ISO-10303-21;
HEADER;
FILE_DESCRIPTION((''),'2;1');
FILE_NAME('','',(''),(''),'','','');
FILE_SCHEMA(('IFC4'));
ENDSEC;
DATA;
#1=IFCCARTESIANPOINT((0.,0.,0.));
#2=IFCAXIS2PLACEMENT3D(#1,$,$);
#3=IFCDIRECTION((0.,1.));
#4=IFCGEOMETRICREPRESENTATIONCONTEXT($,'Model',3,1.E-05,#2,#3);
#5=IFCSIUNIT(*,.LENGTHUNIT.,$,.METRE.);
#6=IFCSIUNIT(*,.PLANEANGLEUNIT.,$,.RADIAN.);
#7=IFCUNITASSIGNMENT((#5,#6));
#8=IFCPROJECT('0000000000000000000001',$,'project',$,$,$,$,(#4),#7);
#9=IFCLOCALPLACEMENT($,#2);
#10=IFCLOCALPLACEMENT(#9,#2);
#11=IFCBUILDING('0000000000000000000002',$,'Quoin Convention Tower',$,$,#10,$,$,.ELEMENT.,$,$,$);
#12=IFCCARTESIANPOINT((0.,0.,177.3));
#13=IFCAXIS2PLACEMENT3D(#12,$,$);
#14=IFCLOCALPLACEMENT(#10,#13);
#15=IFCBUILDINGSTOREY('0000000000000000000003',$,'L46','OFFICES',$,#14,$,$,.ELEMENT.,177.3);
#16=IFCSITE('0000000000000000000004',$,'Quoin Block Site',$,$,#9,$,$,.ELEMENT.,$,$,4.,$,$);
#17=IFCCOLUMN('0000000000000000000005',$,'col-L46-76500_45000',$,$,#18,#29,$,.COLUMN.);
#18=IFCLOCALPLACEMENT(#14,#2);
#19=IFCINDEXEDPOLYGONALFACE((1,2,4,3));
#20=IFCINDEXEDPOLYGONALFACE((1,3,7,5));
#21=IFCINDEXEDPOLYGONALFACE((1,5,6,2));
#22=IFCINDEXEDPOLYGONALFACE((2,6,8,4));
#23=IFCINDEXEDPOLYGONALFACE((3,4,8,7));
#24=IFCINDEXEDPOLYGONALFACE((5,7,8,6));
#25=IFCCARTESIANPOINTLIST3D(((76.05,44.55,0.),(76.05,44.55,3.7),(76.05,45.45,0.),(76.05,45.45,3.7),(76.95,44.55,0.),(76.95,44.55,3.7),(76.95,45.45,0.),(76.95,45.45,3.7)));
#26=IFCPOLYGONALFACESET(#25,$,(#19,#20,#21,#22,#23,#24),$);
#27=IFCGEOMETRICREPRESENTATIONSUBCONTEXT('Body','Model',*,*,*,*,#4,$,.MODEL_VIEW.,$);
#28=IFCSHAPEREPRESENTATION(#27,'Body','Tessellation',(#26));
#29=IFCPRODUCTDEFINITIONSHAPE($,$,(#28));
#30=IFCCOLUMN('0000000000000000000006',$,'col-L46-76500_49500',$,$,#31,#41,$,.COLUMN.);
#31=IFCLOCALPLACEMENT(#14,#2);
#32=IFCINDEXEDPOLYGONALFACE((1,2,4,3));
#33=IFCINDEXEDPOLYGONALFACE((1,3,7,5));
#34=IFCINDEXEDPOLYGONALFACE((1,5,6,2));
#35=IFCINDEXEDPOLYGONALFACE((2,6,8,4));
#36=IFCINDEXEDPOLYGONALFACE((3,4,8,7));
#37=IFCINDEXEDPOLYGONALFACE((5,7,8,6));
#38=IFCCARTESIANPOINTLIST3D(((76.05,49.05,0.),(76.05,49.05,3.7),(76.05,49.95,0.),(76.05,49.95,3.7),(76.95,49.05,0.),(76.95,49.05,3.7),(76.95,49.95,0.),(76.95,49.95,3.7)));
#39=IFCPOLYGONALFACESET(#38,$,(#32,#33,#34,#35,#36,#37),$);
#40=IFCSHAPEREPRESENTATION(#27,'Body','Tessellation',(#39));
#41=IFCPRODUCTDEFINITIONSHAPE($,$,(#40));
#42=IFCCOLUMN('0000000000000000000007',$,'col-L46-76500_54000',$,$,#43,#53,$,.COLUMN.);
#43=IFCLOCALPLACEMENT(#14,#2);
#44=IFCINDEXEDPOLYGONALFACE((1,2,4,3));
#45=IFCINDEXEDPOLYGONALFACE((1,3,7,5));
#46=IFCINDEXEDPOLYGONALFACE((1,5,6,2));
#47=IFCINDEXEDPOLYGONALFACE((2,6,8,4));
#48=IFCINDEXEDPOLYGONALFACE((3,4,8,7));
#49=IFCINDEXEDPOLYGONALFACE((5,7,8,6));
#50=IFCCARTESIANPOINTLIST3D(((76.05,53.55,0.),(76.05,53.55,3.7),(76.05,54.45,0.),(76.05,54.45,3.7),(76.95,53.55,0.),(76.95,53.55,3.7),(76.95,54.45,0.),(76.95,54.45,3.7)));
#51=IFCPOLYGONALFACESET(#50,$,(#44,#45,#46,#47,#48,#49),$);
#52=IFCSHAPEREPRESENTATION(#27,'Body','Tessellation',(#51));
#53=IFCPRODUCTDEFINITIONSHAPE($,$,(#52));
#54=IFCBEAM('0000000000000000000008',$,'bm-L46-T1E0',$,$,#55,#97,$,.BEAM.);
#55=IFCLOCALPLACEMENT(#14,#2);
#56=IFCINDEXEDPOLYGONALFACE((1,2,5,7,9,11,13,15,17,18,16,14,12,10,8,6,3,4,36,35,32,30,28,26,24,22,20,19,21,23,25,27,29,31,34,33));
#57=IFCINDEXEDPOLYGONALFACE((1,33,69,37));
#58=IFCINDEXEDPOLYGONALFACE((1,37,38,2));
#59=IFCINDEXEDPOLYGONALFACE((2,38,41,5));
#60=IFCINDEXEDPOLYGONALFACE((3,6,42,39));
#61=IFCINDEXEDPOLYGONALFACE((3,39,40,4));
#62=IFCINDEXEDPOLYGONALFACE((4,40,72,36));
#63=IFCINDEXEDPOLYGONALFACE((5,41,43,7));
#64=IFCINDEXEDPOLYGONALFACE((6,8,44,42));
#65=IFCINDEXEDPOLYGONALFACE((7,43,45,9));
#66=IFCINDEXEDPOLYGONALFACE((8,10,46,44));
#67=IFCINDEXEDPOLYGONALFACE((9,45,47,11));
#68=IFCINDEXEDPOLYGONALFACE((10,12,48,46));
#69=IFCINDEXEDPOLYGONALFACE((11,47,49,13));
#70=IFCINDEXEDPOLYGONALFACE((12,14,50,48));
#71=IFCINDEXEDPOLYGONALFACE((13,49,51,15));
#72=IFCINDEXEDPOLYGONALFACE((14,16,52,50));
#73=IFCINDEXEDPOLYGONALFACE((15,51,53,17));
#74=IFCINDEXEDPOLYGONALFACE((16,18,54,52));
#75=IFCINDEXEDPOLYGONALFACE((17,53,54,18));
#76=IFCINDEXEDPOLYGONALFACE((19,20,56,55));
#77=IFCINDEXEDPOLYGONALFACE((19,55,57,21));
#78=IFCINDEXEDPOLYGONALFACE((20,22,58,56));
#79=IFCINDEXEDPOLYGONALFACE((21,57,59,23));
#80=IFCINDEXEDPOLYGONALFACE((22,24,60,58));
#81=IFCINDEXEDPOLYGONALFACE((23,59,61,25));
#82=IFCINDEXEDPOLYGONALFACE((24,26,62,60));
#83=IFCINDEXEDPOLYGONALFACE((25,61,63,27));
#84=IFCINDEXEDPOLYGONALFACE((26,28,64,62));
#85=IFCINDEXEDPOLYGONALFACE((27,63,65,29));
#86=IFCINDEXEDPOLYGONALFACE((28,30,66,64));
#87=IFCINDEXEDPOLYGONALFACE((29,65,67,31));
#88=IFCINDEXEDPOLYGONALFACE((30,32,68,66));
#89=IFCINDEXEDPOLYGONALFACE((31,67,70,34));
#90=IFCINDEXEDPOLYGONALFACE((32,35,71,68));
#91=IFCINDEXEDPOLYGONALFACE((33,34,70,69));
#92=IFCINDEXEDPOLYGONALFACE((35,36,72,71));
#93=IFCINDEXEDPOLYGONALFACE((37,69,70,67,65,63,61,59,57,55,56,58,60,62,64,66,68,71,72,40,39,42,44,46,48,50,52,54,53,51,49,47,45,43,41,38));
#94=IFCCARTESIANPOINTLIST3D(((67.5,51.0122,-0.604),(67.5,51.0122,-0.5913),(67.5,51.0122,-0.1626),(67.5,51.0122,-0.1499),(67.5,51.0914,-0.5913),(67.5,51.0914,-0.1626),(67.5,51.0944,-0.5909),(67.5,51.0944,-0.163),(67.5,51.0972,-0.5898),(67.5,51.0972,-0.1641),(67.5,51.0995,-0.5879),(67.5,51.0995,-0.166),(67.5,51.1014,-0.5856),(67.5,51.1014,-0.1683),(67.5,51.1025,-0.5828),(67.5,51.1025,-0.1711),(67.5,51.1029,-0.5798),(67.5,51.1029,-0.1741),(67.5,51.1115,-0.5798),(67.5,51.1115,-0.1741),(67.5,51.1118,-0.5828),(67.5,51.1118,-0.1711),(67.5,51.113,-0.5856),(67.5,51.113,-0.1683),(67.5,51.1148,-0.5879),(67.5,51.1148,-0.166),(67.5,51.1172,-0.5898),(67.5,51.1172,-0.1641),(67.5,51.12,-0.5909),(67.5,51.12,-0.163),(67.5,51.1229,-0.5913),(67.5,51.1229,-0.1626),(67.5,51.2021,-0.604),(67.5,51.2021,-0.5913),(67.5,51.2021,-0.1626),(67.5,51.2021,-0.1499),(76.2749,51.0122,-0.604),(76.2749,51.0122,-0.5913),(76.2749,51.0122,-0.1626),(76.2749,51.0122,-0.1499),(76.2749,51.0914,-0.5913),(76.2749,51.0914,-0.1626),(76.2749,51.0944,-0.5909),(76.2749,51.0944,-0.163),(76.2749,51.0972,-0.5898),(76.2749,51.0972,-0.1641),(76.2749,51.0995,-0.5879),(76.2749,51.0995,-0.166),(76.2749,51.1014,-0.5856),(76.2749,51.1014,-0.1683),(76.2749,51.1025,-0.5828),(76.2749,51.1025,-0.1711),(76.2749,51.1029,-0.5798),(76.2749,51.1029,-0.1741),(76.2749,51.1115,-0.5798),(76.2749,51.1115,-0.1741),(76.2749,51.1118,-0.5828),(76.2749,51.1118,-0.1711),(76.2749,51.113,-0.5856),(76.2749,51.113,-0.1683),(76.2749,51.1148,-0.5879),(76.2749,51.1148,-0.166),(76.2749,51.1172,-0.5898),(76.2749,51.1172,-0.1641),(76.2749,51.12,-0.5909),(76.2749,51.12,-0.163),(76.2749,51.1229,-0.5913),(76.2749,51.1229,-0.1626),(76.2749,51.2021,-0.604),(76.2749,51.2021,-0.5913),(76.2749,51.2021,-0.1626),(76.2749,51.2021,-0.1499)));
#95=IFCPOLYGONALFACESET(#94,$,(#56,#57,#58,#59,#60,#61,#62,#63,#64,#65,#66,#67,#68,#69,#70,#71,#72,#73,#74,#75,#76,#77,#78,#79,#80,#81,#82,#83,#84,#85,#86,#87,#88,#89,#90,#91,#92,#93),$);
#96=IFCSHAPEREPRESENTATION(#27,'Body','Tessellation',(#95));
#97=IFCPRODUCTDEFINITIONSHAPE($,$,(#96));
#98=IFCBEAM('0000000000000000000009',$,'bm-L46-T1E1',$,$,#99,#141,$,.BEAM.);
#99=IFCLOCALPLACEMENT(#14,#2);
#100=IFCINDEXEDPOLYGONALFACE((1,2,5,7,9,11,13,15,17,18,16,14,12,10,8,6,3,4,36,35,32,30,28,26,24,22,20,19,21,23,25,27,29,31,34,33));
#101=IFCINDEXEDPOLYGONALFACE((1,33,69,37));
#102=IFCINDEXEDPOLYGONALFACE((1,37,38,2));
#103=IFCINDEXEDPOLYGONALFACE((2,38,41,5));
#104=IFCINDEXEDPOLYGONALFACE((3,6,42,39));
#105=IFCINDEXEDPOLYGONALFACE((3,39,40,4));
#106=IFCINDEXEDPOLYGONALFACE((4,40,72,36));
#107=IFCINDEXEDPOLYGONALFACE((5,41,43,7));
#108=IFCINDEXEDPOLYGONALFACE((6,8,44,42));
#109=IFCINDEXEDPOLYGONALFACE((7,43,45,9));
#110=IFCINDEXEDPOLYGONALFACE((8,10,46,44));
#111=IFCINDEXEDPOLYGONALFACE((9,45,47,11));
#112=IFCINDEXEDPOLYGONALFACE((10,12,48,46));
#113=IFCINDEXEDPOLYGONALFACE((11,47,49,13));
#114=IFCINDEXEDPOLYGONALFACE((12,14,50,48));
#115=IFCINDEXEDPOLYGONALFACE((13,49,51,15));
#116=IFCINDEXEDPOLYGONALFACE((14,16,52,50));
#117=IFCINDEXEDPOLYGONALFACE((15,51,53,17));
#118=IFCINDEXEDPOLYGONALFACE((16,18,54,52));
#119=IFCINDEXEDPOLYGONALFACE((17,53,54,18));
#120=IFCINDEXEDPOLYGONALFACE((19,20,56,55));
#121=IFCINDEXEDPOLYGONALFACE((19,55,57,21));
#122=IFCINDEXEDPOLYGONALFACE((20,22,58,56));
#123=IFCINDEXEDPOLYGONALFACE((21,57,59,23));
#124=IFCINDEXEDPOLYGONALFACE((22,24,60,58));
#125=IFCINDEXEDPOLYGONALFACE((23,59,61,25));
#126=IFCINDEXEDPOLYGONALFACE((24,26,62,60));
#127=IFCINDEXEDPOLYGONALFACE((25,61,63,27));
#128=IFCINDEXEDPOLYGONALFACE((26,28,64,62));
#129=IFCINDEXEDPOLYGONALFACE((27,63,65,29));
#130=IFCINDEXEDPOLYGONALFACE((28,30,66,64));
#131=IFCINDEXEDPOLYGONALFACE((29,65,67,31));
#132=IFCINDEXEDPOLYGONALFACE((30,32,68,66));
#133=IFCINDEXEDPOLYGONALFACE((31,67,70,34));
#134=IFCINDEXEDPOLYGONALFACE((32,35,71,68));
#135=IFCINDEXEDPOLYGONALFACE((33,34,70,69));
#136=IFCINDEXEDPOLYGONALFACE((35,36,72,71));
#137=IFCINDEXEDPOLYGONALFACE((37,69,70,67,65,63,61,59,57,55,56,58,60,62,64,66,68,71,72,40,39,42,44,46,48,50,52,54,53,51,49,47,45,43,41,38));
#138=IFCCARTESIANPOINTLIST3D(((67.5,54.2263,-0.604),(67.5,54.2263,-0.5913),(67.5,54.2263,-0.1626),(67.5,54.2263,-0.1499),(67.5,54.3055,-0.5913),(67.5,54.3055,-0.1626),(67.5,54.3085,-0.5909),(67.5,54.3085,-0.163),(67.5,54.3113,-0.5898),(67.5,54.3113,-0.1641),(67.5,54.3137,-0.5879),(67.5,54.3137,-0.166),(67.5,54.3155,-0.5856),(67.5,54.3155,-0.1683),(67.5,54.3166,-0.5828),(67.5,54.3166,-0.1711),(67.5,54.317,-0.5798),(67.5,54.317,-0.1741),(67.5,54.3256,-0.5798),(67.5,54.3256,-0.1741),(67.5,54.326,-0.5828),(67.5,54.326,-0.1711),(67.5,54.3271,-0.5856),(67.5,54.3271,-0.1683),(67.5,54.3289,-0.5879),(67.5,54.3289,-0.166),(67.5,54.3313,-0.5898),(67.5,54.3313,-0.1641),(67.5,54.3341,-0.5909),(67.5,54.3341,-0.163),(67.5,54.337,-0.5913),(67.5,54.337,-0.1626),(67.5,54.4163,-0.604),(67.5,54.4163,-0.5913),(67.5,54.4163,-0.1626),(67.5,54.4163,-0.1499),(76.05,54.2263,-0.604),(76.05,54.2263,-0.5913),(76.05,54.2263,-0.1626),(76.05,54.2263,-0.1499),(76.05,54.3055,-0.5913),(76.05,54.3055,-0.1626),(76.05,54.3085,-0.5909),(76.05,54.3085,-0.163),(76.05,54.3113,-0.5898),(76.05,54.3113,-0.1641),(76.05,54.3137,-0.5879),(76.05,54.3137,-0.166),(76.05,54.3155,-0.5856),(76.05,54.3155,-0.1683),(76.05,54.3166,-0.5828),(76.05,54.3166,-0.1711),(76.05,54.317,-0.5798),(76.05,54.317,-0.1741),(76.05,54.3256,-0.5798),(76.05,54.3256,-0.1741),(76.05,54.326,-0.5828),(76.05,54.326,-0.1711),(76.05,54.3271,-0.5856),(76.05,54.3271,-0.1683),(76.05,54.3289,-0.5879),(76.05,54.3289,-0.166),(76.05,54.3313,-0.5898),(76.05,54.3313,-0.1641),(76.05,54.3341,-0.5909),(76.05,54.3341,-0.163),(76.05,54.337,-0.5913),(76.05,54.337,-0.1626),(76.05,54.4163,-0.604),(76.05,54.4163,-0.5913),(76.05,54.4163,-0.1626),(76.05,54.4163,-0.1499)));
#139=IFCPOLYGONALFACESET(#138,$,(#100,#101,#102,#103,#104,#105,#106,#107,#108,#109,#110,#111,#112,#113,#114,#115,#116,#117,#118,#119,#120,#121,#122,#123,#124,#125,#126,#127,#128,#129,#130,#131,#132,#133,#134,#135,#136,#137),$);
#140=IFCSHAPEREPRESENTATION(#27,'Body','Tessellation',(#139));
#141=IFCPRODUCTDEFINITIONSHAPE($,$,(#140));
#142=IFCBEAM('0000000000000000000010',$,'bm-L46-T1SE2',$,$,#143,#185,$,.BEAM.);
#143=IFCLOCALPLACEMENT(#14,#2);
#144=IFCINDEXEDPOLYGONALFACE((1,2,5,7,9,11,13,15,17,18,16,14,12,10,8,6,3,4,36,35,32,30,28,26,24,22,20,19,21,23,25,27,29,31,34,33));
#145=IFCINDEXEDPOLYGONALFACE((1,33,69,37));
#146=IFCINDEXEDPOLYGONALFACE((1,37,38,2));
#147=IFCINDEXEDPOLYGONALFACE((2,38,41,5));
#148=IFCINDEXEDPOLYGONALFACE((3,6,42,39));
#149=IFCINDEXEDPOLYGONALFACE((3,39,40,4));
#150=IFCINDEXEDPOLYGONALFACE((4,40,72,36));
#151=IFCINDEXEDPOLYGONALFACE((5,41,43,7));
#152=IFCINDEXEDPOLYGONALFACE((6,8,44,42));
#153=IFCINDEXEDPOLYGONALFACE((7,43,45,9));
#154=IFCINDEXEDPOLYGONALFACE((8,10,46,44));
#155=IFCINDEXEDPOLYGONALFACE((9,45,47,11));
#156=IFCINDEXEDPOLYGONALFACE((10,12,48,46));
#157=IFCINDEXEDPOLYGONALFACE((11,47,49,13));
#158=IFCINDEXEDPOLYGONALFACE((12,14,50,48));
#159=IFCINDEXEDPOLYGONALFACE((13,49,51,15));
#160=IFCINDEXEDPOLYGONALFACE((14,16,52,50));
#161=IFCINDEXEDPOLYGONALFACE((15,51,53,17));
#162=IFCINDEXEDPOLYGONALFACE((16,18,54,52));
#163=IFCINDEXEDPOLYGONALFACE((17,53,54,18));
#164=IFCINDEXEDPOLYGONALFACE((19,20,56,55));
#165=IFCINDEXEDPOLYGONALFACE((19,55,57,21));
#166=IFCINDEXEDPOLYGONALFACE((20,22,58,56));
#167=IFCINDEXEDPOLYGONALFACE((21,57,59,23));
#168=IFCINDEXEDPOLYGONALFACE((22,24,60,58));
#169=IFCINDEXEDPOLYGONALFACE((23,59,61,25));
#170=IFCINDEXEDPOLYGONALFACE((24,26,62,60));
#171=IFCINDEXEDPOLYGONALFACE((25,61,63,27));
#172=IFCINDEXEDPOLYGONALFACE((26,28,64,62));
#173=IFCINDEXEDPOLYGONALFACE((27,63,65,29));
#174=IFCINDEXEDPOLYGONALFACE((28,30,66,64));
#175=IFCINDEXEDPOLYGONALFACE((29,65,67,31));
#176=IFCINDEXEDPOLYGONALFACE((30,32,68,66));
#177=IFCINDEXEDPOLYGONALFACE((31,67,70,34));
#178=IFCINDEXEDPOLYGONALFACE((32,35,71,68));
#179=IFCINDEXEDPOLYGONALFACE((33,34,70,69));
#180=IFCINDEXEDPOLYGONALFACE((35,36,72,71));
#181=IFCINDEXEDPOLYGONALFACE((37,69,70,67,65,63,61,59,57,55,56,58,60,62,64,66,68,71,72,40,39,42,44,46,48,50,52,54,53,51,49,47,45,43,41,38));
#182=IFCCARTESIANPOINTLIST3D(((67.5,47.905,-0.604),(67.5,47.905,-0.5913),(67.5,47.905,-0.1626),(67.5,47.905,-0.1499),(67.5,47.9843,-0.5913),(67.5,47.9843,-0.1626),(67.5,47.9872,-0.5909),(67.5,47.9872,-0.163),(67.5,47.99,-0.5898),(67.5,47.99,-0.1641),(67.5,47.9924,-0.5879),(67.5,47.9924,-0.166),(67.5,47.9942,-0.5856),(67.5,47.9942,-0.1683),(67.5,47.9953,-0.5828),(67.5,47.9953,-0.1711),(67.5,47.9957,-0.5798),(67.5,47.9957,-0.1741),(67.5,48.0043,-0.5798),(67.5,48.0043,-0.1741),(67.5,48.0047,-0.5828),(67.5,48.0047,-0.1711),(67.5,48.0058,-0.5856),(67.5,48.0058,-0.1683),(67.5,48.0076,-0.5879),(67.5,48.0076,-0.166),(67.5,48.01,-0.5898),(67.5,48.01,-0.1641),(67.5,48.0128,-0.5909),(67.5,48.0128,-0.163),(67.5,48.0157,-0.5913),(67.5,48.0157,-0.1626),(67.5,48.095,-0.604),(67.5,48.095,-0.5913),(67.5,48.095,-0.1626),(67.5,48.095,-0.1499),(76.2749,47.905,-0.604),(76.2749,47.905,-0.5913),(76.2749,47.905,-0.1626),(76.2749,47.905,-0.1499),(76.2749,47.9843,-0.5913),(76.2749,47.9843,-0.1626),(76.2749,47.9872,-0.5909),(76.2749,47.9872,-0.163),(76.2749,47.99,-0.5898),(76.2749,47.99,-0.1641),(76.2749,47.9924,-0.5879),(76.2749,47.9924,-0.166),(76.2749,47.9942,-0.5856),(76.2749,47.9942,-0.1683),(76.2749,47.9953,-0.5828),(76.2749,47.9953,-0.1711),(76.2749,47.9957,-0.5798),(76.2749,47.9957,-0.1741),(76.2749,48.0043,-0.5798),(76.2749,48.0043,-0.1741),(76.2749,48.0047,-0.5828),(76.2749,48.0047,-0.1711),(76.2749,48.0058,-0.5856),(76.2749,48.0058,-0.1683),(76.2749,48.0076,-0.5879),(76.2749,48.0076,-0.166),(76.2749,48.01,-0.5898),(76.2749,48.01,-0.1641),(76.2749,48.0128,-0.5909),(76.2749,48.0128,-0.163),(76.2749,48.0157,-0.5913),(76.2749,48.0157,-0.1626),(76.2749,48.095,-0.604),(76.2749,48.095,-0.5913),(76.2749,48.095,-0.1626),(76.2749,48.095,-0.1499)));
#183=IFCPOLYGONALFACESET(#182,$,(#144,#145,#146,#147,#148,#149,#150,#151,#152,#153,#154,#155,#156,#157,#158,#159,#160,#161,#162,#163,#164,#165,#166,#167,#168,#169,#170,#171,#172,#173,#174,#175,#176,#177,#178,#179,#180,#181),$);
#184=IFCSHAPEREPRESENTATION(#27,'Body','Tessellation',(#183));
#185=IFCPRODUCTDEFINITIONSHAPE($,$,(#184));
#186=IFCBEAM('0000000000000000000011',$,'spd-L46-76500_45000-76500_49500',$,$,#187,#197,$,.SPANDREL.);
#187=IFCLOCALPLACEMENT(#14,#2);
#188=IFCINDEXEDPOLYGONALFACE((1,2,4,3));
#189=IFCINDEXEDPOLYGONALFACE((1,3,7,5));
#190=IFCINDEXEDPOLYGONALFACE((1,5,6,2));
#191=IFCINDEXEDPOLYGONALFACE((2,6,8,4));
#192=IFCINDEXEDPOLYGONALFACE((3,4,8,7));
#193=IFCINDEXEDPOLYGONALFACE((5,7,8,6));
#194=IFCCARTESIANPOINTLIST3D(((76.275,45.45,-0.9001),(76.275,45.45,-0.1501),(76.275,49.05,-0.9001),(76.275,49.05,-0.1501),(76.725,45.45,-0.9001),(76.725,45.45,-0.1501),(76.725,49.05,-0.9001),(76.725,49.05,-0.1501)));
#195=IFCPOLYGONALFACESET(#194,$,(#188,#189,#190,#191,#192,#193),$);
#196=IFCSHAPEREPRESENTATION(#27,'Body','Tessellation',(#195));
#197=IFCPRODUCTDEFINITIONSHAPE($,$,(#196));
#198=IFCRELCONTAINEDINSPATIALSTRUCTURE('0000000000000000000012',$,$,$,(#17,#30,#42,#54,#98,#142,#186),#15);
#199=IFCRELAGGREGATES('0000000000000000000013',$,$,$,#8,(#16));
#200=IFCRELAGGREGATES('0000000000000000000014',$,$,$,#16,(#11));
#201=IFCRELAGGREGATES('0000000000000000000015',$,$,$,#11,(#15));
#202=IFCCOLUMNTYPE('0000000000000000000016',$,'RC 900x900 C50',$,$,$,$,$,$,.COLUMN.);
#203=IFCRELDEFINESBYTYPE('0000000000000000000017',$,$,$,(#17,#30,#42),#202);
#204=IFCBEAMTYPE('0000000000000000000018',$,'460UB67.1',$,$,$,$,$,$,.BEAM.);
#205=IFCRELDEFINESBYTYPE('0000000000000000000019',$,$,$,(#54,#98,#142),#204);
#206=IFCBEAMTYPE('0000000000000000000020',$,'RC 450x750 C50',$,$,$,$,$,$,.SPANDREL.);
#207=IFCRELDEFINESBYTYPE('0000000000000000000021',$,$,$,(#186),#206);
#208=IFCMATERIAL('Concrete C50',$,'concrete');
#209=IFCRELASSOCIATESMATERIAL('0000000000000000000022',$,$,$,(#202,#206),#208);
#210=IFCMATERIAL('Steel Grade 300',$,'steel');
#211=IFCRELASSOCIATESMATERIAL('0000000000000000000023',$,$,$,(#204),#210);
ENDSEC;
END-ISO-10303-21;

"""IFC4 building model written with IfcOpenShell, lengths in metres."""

from ifc_helpers import new_model, si_unit, direction, frame, origin, origin_2d, place, context, subcontext, project, spatial, rectangle, i_section, extrude, material, material_profile, profile_set, type_object, element, save


model = new_model("IFC4")

# Units and contexts
model_context = context("Model", 3, precision=1e-05, world=origin(), true_north=direction((0.0, 1.0)))
body_context = subcontext(model_context, "Body", "Model", "MODEL_VIEW")
ifc_project = project(units=[si_unit("LENGTHUNIT", "METRE"), si_unit("PLANEANGLEUNIT", "RADIAN")], contexts=[model_context])

# Site, building, storey
site_placement = place(None, origin())
site = spatial("IfcSite", under=ifc_project, at=site_placement, Name="Quoin Block Site", CompositionType="ELEMENT", RefElevation=4.0)
building_placement = place(site_placement, origin())
building = spatial("IfcBuilding", under=site, at=building_placement, Name="Quoin Convention Tower", CompositionType="ELEMENT")
storey_placement = place(building_placement, frame((0.0, 0.0, 177.3)))
storey = spatial("IfcBuildingStorey", under=building, at=storey_placement, Name="L46", Description="OFFICES", CompositionType="ELEMENT", Elevation=177.3)

# Columns
ifc_material_1 = material(Name="Concrete C50", Category="concrete")
ifc_material_profile_1 = material_profile(ifc_material_1, rectangle(XDim=0.8999, YDim=0.8999, at=origin_2d()), Name="RC 900x900")
ifc_profile_set_1 = profile_set([ifc_material_profile_1], Name="Concrete C50")
column_type = type_object("IfcColumnType", Name="RC 900x900 C50", PredefinedType="COLUMN", material=ifc_profile_set_1)
for number, where, z_axis, x_axis, name in (
    (1, (76.5, 45.0, 0.0), (0.0, 0.0, 1.0), (1.0, 0.0, 0.0), "col-L46-76500_45000"),
    (2, (76.5, 49.5, 0.0), (0.0, 0.0, 1.0), (1.0, 0.0, 0.0), "col-L46-76500_49500"),
    (3, (76.5, 54.0, 0.0), (0.0, 0.0, 1.0), (1.0, 0.0, 0.0), "col-L46-76500_54000"),
):
    element("IfcColumn", number, at=place(storey_placement, frame(where, z_axis=z_axis, x_axis=x_axis)), inside=storey, type_object=column_type, Name=name, PredefinedType="COLUMN", context=body_context, shape_type="SweptSolid", body=[
        extrude(rectangle(XDim=0.8999, YDim=0.8999, at=origin_2d()), origin(), (0.0, 0.0, 1.0), 3.7),
    ])

# Beams
ifc_material_2 = material(Name="Steel Grade 300", Category="steel")
ifc_material_profile_2 = material_profile(ifc_material_2, i_section(OverallWidth=0.1899, OverallDepth=0.4541, WebThickness=0.0085, FlangeThickness=0.0127, FilletRadius=0.0115, at=origin_2d()), Name="460UB67.1")
ifc_profile_set_2 = profile_set([ifc_material_profile_2], Name="Steel Grade 300")
beam_type_1 = type_object("IfcBeamType", Name="460UB67.1", PredefinedType="BEAM", material=ifc_profile_set_2)
beam_1_placement = place(storey_placement, frame((67.5, 51.1072, -0.377), z_axis=(1.0, 0.0, 0.0), x_axis=(0.0, 1.0, 0.0)))
element("IfcBeam", 4, at=beam_1_placement, inside=storey, type_object=beam_type_1, Name="bm-L46-T1E0", PredefinedType="BEAM", context=body_context, shape_type="SweptSolid", body=[
    extrude(i_section(OverallWidth=0.1899, OverallDepth=0.4541, WebThickness=0.0085, FlangeThickness=0.0127, FilletRadius=0.0115, at=origin_2d()), origin(), (0.0, 0.0, 1.0), 8.7749),
])
beam_2_placement = place(storey_placement, frame((67.5, 54.3213, -0.377), z_axis=(1.0, 0.0, 0.0), x_axis=(0.0, 1.0, 0.0)))
element("IfcBeam", 5, at=beam_2_placement, inside=storey, type_object=beam_type_1, Name="bm-L46-T1E1", PredefinedType="BEAM", context=body_context, shape_type="SweptSolid", body=[
    extrude(i_section(OverallWidth=0.1899, OverallDepth=0.4541, WebThickness=0.0085, FlangeThickness=0.0127, FilletRadius=0.0115, at=origin_2d()), origin(), (0.0, 0.0, 1.0), 8.55),
])
beam_3_placement = place(storey_placement, frame((67.5, 48.0, -0.377), z_axis=(1.0, 0.0, 0.0), x_axis=(0.0, 1.0, 0.0)))
element("IfcBeam", 6, at=beam_3_placement, inside=storey, type_object=beam_type_1, Name="bm-L46-T1SE2", PredefinedType="BEAM", context=body_context, shape_type="SweptSolid", body=[
    extrude(i_section(OverallWidth=0.1899, OverallDepth=0.4541, WebThickness=0.0085, FlangeThickness=0.0127, FilletRadius=0.0115, at=origin_2d()), origin(), (0.0, 0.0, 1.0), 8.7749),
])
ifc_material_profile_3 = material_profile(ifc_material_1, rectangle(XDim=0.45, YDim=0.75, at=origin_2d()), Name="RC 450x750")
ifc_profile_set_3 = profile_set([ifc_material_profile_3], Name="Concrete C50")
beam_type_2 = type_object("IfcBeamType", Name="RC 450x750 C50", PredefinedType="SPANDREL", material=ifc_profile_set_3)
for number, where, z_axis, x_axis, name in (
    (7, (76.5, 45.45, -0.5251), (0.0, 1.0, 0.0), (-1.0, 0.0, 0.0), "spd-L46-76500_45000-76500_49500"),
):
    element("IfcBeam", number, at=place(storey_placement, frame(where, z_axis=z_axis, x_axis=x_axis)), inside=storey, type_object=beam_type_2, Name=name, PredefinedType="SPANDREL", context=body_context, shape_type="SweptSolid", body=[
        extrude(rectangle(XDim=0.45, YDim=0.75, at=origin_2d()), origin(), (0.0, 0.0, 1.0), 3.6001),
    ])

save(model, "model.ifc")
